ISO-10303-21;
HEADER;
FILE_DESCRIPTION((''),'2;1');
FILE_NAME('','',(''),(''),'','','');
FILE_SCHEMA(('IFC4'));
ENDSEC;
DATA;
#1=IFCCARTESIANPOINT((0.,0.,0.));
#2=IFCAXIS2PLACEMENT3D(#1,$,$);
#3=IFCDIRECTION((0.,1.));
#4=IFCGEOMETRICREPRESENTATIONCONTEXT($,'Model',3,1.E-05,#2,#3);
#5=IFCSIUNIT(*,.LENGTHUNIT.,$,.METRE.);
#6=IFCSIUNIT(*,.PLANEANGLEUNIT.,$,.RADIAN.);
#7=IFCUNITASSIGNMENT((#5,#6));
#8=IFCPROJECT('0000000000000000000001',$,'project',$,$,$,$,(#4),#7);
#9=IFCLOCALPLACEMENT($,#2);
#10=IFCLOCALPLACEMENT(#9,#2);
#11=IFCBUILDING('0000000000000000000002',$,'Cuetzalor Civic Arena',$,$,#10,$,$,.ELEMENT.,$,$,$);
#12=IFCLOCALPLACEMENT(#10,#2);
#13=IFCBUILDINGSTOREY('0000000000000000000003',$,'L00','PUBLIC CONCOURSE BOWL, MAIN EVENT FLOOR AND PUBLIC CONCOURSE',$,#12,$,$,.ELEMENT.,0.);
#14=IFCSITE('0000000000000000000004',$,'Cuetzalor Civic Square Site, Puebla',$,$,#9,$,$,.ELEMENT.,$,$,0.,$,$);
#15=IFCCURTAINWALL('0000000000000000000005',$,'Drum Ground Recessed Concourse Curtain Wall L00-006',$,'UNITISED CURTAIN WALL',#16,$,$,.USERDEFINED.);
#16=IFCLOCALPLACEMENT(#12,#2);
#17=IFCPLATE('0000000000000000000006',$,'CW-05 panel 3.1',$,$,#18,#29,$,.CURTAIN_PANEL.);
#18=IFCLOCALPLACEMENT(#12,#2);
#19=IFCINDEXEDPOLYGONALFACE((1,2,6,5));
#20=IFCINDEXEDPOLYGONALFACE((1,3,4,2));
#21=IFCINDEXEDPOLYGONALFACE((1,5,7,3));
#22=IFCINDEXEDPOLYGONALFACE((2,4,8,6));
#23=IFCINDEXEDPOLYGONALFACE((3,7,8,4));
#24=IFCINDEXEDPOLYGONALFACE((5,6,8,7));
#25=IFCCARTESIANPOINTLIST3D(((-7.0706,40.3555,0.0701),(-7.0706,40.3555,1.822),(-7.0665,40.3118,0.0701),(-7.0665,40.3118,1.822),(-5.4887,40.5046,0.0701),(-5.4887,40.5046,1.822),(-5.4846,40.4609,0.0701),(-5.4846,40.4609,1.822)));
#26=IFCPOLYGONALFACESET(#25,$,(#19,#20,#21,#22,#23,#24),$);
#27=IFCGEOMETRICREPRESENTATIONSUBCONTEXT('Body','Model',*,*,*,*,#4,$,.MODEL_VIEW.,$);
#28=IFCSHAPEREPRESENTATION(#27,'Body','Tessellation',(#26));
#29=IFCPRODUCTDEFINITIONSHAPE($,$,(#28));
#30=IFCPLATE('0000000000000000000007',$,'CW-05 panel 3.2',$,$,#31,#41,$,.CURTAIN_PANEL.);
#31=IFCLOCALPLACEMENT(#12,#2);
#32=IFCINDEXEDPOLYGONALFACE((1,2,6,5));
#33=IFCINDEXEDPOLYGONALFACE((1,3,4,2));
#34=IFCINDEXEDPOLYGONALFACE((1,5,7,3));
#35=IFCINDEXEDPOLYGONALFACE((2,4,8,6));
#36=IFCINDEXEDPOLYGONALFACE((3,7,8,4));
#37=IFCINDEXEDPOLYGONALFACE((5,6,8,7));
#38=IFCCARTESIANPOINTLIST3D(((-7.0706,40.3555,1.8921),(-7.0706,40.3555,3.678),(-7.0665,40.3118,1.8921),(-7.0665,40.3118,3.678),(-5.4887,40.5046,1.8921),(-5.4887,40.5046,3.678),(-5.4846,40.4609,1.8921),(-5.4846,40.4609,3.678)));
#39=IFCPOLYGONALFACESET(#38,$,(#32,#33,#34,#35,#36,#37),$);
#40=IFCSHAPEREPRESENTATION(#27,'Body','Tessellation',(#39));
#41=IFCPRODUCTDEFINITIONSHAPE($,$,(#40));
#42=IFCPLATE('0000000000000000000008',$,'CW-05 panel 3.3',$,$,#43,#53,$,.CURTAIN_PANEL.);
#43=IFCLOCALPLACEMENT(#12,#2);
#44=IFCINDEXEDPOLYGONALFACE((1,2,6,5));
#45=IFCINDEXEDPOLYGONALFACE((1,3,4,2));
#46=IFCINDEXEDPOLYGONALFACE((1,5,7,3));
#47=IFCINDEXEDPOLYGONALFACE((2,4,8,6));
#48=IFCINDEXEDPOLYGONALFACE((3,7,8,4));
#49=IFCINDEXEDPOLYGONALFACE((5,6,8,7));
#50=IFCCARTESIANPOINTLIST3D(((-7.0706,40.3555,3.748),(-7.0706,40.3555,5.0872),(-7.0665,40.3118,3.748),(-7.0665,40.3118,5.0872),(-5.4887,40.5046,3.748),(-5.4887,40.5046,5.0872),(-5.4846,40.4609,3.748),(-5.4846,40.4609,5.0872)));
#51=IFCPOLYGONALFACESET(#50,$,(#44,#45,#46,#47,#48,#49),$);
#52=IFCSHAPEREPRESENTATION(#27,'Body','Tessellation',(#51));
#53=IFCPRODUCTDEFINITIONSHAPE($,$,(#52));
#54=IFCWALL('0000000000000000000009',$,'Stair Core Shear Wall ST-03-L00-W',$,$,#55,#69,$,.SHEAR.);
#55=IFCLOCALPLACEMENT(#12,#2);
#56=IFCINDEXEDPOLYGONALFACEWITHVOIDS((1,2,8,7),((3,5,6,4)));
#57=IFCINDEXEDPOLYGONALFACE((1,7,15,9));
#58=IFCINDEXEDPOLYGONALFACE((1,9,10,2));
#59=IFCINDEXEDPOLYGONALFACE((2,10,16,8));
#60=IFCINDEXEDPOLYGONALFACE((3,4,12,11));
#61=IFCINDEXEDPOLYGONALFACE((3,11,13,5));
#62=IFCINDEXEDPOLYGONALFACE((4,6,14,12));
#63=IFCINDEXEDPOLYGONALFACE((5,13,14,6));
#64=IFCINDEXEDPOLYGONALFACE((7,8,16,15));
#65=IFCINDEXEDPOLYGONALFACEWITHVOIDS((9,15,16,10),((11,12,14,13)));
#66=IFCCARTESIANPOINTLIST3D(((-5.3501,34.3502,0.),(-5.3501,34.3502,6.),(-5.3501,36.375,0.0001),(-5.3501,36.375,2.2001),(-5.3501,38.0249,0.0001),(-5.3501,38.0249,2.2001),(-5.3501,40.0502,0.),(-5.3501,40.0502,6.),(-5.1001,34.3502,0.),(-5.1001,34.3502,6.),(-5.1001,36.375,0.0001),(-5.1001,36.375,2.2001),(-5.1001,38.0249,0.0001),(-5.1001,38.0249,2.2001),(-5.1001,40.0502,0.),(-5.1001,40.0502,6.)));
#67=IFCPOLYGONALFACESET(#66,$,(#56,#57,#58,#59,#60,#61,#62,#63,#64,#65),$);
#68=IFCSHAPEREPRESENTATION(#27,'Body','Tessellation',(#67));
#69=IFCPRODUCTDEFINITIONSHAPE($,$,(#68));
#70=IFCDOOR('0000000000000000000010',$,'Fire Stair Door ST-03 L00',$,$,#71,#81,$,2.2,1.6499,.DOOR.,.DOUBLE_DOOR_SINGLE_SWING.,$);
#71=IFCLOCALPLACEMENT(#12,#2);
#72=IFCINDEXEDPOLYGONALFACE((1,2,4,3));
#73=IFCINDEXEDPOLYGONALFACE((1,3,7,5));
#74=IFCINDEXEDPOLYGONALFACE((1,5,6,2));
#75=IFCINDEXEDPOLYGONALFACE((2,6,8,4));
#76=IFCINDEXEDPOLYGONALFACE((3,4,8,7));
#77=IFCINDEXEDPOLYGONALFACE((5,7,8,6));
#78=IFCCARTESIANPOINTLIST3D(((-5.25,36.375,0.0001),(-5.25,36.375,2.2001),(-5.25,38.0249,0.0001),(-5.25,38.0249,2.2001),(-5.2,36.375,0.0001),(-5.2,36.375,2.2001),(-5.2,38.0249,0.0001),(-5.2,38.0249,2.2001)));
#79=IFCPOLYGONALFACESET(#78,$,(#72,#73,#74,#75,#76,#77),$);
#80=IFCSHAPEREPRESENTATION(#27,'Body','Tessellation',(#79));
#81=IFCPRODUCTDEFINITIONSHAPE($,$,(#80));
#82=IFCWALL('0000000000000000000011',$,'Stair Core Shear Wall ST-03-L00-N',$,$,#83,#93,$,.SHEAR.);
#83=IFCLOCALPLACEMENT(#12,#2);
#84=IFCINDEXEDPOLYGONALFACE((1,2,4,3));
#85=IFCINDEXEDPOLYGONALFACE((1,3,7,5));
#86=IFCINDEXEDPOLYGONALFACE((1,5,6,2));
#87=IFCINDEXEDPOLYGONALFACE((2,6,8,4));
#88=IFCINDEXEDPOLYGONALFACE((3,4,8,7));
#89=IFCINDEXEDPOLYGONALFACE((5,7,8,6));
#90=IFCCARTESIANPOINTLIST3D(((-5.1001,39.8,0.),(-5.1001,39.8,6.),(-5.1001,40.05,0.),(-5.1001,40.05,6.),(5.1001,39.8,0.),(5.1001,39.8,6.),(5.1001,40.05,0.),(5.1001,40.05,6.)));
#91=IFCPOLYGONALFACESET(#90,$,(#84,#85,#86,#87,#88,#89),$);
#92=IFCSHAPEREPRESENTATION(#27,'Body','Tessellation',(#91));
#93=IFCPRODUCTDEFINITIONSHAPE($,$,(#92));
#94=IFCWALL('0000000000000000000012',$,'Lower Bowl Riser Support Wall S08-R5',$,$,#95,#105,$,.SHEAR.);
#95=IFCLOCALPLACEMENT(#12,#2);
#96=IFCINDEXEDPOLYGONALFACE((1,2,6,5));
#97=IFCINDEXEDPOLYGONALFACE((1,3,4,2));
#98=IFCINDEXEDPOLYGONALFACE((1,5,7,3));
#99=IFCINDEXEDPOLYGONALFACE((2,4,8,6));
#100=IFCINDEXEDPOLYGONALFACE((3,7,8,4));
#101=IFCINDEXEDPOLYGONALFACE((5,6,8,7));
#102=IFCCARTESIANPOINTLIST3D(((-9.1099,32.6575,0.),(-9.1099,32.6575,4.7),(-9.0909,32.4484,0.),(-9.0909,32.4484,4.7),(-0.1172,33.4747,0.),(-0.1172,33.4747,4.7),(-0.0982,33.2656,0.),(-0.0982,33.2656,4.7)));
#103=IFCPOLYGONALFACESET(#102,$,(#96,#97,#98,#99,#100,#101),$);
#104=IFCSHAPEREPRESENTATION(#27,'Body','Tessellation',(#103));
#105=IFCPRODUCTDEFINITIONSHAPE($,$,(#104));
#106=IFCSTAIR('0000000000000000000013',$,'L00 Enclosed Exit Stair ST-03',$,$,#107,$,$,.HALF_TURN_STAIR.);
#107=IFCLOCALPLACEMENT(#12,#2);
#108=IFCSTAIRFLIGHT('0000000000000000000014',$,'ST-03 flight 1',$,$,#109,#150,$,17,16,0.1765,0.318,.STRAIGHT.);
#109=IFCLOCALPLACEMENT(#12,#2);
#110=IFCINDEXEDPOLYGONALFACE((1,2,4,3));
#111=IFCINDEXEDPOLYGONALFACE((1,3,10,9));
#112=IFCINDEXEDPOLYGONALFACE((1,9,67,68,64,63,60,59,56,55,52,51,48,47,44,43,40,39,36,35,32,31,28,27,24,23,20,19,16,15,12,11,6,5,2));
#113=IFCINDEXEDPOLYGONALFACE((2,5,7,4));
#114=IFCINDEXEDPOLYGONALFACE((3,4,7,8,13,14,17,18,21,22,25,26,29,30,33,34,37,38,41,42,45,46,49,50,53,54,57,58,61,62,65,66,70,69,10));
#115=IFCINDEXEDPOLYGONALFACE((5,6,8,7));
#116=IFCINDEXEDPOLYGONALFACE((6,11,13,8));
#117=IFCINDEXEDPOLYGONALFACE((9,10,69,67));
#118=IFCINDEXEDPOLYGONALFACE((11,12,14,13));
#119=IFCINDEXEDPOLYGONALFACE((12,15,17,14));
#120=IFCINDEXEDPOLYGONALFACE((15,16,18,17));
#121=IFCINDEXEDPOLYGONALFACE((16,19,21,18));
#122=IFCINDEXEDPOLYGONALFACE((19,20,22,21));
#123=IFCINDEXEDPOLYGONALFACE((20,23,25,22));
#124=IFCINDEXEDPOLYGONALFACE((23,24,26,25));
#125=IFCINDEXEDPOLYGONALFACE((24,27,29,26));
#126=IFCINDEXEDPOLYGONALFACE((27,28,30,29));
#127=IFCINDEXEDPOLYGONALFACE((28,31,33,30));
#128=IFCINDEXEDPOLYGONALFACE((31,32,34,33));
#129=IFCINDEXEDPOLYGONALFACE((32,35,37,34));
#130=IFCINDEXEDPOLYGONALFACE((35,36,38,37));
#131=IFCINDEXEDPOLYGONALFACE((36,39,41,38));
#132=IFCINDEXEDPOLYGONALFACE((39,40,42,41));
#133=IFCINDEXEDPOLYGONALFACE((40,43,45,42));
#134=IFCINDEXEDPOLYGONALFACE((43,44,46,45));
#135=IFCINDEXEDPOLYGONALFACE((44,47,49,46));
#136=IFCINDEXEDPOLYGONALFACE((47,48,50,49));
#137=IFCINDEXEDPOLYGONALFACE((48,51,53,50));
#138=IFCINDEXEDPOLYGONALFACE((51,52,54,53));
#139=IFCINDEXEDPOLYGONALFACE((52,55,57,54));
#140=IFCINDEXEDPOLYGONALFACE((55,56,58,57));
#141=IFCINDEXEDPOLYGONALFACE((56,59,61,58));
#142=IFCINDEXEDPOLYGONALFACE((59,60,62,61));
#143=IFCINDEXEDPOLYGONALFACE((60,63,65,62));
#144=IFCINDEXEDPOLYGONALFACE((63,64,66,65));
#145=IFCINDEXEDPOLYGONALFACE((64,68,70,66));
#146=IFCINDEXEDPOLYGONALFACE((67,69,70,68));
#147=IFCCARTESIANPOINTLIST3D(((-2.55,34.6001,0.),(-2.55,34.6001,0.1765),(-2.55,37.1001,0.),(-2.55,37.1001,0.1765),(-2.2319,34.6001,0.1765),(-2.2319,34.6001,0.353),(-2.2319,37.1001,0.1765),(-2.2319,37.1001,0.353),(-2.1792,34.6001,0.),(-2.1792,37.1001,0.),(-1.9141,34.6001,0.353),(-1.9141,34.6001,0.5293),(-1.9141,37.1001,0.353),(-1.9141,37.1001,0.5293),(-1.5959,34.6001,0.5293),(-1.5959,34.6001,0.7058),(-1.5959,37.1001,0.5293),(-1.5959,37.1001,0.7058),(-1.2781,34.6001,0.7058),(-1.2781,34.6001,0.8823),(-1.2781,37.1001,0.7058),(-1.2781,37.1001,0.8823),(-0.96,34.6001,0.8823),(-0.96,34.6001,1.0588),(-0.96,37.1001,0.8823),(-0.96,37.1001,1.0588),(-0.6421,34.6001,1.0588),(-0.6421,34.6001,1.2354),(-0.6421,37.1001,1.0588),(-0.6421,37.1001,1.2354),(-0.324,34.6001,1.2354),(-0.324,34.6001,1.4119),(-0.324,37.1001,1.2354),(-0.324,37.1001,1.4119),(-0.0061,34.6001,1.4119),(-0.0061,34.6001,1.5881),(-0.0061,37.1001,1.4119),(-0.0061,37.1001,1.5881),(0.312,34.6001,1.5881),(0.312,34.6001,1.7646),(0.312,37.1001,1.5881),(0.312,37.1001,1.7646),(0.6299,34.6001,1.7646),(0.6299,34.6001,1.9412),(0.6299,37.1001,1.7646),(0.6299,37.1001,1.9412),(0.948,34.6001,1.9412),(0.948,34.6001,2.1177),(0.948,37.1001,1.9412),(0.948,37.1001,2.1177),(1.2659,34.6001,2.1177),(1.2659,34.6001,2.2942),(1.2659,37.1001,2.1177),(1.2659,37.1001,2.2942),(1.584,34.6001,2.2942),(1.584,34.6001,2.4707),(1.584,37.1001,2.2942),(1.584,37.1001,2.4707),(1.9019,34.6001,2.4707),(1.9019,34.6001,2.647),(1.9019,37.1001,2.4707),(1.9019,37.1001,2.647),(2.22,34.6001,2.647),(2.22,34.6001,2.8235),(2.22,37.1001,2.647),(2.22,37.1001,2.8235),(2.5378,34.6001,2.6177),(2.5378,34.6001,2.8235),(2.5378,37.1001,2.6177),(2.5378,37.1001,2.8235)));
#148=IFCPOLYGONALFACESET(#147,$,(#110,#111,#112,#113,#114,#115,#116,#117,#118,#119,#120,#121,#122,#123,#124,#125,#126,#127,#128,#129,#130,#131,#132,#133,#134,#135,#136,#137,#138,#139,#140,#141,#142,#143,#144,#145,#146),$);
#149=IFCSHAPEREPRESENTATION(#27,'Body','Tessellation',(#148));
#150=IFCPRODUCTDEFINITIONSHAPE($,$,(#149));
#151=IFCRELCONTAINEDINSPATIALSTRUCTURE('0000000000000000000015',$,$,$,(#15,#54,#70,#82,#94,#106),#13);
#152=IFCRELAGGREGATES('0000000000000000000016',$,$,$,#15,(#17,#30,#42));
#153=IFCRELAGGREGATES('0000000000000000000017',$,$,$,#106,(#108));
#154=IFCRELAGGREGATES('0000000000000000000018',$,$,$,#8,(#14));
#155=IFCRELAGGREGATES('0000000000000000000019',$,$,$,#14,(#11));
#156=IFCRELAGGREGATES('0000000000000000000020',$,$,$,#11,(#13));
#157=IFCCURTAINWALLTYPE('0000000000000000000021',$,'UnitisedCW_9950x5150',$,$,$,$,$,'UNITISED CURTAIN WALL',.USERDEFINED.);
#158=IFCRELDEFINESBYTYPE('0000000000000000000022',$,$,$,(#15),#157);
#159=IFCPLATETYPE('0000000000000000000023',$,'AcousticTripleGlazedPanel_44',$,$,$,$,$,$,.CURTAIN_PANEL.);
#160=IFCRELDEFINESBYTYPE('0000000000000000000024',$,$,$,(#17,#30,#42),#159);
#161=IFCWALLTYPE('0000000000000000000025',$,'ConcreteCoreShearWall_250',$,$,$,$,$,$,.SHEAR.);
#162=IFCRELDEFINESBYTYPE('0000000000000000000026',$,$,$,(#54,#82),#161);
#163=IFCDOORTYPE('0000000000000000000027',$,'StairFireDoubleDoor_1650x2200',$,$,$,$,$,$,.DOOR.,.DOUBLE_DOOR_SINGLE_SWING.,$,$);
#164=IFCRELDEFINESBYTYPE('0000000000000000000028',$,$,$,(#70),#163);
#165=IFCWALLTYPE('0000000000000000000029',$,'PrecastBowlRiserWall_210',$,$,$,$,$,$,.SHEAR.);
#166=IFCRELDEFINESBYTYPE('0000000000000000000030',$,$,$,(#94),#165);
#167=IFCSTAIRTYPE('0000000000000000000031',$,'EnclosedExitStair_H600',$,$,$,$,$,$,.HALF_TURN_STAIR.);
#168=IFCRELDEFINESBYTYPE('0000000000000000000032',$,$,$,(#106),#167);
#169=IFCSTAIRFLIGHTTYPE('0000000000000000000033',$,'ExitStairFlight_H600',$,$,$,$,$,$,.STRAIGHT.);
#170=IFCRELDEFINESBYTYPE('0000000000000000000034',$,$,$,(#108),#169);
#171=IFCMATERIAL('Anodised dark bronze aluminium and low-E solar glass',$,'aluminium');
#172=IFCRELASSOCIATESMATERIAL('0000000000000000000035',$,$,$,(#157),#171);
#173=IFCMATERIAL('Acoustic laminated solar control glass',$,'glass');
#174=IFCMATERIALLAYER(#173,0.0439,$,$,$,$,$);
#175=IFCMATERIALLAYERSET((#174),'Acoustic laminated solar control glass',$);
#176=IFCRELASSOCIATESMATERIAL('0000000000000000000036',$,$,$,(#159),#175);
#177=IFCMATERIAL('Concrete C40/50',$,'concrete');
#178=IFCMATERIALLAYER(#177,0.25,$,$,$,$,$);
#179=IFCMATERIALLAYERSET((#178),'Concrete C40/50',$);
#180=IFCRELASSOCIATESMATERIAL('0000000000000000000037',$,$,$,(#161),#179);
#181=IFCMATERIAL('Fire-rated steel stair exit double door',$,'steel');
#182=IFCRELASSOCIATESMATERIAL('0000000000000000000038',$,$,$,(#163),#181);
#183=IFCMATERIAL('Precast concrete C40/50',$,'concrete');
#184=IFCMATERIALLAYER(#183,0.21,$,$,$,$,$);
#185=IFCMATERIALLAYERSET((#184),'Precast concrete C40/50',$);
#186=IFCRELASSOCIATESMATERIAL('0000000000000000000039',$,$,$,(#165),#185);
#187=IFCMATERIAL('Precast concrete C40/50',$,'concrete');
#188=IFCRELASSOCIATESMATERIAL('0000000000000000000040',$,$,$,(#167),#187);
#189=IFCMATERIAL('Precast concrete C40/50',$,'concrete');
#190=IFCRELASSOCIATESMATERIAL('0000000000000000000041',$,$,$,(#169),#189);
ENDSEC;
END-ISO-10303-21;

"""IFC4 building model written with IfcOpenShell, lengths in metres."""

from ifc_helpers import new_model, si_unit, direction, frame, frame_2d, origin, origin_2d, place, context, subcontext, project, spatial, polyline, rectangle, outline, extrude, material, layer, layer_set, type_object, element, fill, aggregate, save


model = new_model("IFC4")

# Units and contexts
model_context = context("Model", 3, precision=1e-05, world=origin(), true_north=direction((0.0, 1.0)))
body_context = subcontext(model_context, "Body", "Model", "MODEL_VIEW")
ifc_project = project(units=[si_unit("LENGTHUNIT", "METRE"), si_unit("PLANEANGLEUNIT", "RADIAN")], contexts=[model_context])

# Site, building, storey
site_placement = place(None, origin())
site = spatial("IfcSite", under=ifc_project, at=site_placement, Name="Cuetzalor Civic Square Site, Puebla", CompositionType="ELEMENT", RefElevation=0.0)
building_placement = place(site_placement, origin())
building = spatial("IfcBuilding", under=site, at=building_placement, Name="Cuetzalor Civic Arena", CompositionType="ELEMENT")
storey_placement = place(building_placement, origin())
storey = spatial("IfcBuildingStorey", under=building, at=storey_placement, Name="L00", Description="PUBLIC CONCOURSE BOWL, MAIN EVENT FLOOR AND PUBLIC CONCOURSE", CompositionType="ELEMENT", Elevation=0.0)

# Curtain wall
ifc_material_1 = material(Name="Anodised dark bronze aluminium and low-E solar glass", Category="aluminium")
curtain_wall_type = type_object("IfcCurtainWallType", Name="UnitisedCW_9950x5150", ElementType="UNITISED CURTAIN WALL", PredefinedType="USERDEFINED", material=ifc_material_1)
curtain_wall_placement = place(storey_placement, origin())
curtain_wall = element("IfcCurtainWall", 1, at=curtain_wall_placement, inside=storey, type_object=curtain_wall_type, Name="Drum Ground Recessed Concourse Curtain Wall L00-006", ObjectType="UNITISED CURTAIN WALL", PredefinedType="USERDEFINED")

# Plates
ifc_material_2 = material(Name="Acoustic laminated solar control glass", Category="glass")
ifc_layer_1 = layer(ifc_material_2, 0.0439)
ifc_layer_set_1 = layer_set([ifc_layer_1], Name="Acoustic laminated solar control glass")
plate_type = type_object("IfcPlateType", Name="AcousticTripleGlazedPanel_44", PredefinedType="CURTAIN_PANEL", material=ifc_layer_set_1)
plate_1_placement = place(storey_placement, frame((-6.2776, 40.4082, 0.0701), z_axis=(0.0, 0.0, 1.0), x_axis=(0.995585, 0.093863, 0.0)))
plate_1 = element("IfcPlate", 2, at=plate_1_placement, type_object=plate_type, Name="CW-05 panel 3.1", PredefinedType="CURTAIN_PANEL", context=body_context, shape_type="SweptSolid", body=[
    extrude(rectangle(XDim=1.5889, YDim=0.0439, at=origin_2d()), origin(), (0.0, 0.0, 1.0), 1.752),
])
plate_2_placement = place(storey_placement, frame((-6.2776, 40.4082, 1.8921), z_axis=(0.0, 0.0, 1.0), x_axis=(0.995585, 0.093863, 0.0)))
plate_2 = element("IfcPlate", 3, at=plate_2_placement, type_object=plate_type, Name="CW-05 panel 3.2", PredefinedType="CURTAIN_PANEL", context=body_context, shape_type="SweptSolid", body=[
    extrude(rectangle(XDim=1.5889, YDim=0.0439, at=origin_2d()), origin(), (0.0, 0.0, 1.0), 1.7859),
])
plate_3_placement = place(storey_placement, frame((-6.2776, 40.4082, 3.748), z_axis=(0.0, 0.0, 1.0), x_axis=(0.995585, 0.093863, 0.0)))
plate_3 = element("IfcPlate", 4, at=plate_3_placement, type_object=plate_type, Name="CW-05 panel 3.3", PredefinedType="CURTAIN_PANEL", context=body_context, shape_type="SweptSolid", body=[
    extrude(rectangle(XDim=1.5889, YDim=0.0439, at=origin_2d()), origin(), (0.0, 0.0, 1.0), 1.3391),
])
aggregate(curtain_wall, [plate_1, plate_2, plate_3])

# Wall, opening, door
ifc_material_3 = material(Name="Concrete C40/50", Category="concrete")
ifc_layer_2 = layer(ifc_material_3, 0.25)
ifc_layer_set_2 = layer_set([ifc_layer_2], Name="Concrete C40/50")
wall_type_1 = type_object("IfcWallType", Name="ConcreteCoreShearWall_250", PredefinedType="SHEAR", material=ifc_layer_set_2)
wall_1_placement = place(storey_placement, frame((-5.2251, 34.3501, 0.0), z_axis=(0.0, 0.0, 1.0), x_axis=(0.0, 1.0, 0.0)))
wall_1 = element("IfcWall", 5, at=wall_1_placement, inside=storey, type_object=wall_type_1, Name="Stair Core Shear Wall ST-03-L00-W", PredefinedType="SHEAR", context=body_context, shape_type="SweptSolid", body=[
    extrude(rectangle(XDim=5.7, YDim=0.25, at=frame_2d((2.8501, 0.0))), origin(), (0.0, 0.0, 1.0), 6.0),
])
opening_placement = place(wall_1_placement, frame((2.0249, 0.0, 0.0)))
opening = element("IfcOpeningElement", 6, at=opening_placement, cuts=wall_1, PredefinedType="OPENING", context=body_context, shape_type="SweptSolid", body=[
    extrude(rectangle(XDim=1.6499, YDim=2.2, at=frame_2d((0.825, 1.1001))), frame((0.0, 0.135, 0.0), z_axis=(0.0, -1.0, 0.0), x_axis=(1.0, 0.0, 0.0)), (0.0, 0.0, 1.0), 0.27),
])
ifc_material_4 = material(Name="Fire-rated steel stair exit double door", Category="steel")
door_type = type_object("IfcDoorType", Name="StairFireDoubleDoor_1650x2200", OperationType="DOUBLE_DOOR_SINGLE_SWING", PredefinedType="DOOR", material=ifc_material_4)
door_placement = place(opening_placement, origin())
door = element("IfcDoor", 7, at=door_placement, inside=storey, type_object=door_type, Name="Fire Stair Door ST-03 L00", OperationType="DOUBLE_DOOR_SINGLE_SWING", OverallHeight=2.2, OverallWidth=1.6499, PredefinedType="DOOR", context=body_context, shape_type="SweptSolid", body=[
    extrude(rectangle(XDim=1.6499, YDim=2.2, at=frame_2d((0.825, 1.1001))), frame((0.0, 0.0249, 0.0), z_axis=(0.0, -1.0, 0.0), x_axis=(1.0, 0.0, 0.0)), (0.0, 0.0, 1.0), 0.05),
])
fill(opening, door)

# Walls
wall_2_placement = place(storey_placement, frame((-5.1001, 39.925, 0.0), z_axis=(0.0, 0.0, 1.0), x_axis=(1.0, 0.0, 0.0)))
element("IfcWall", 8, at=wall_2_placement, inside=storey, type_object=wall_type_1, Name="Stair Core Shear Wall ST-03-L00-N", PredefinedType="SHEAR", context=body_context, shape_type="SweptSolid", body=[
    extrude(rectangle(XDim=10.2002, YDim=0.25, at=frame_2d((5.1001, 0.0))), origin(), (0.0, 0.0, 1.0), 6.0),
])
ifc_material_5 = material(Name="Precast concrete C40/50", Category="concrete")
ifc_layer_3 = layer(ifc_material_5, 0.21)
ifc_layer_set_3 = layer_set([ifc_layer_3], Name="Precast concrete C40/50")
wall_type_2 = type_object("IfcWallType", Name="PrecastBowlRiserWall_210", PredefinedType="SHEAR", material=ifc_layer_set_3)
wall_3_placement = place(storey_placement, frame((-0.1077, 33.3701, 0.0), z_axis=(0.0, 0.0, 1.0), x_axis=(-0.995897, -0.090494, 0.0)))
element("IfcWall", 9, at=wall_3_placement, inside=storey, type_object=wall_type_2, Name="Lower Bowl Riser Support Wall S08-R5", PredefinedType="SHEAR", context=body_context, shape_type="SweptSolid", body=[
    extrude(rectangle(XDim=9.0298, YDim=0.21, at=frame_2d((4.5149, 0.0))), origin(), (0.0, 0.0, 1.0), 4.7),
])

# Stair, stair flight
ifc_material_6 = material(Name="Precast concrete C40/50", Category="concrete")
stair_type = type_object("IfcStairType", Name="EnclosedExitStair_H600", PredefinedType="HALF_TURN_STAIR", material=ifc_material_6)
stair_placement = place(storey_placement, origin())
stair = element("IfcStair", 10, at=stair_placement, inside=storey, type_object=stair_type, Name="L00 Enclosed Exit Stair ST-03", PredefinedType="HALF_TURN_STAIR")
ifc_material_7 = material(Name="Precast concrete C40/50", Category="concrete")
stair_flight_type = type_object("IfcStairFlightType", Name="ExitStairFlight_H600", PredefinedType="STRAIGHT", material=ifc_material_7)
stair_flight_placement = place(storey_placement, frame((-2.55, 35.8501, 0.0), z_axis=(0.0, 0.0, 1.0), x_axis=(1.0, 0.0, 0.0)))
stair_flight = element("IfcStairFlight", 11, at=stair_flight_placement, type_object=stair_flight_type, Name="ST-03 flight 1", NumberOfRisers=17, NumberOfTreads=16, PredefinedType="STRAIGHT", RiserHeight=0.1765, TreadLength=0.318, context=body_context, shape_type="SweptSolid", body=[
    extrude(outline(polyline([(0.0, 0.0), (0.0, 0.1765), (0.3181, 0.1765), (0.3181, 0.353), (0.636, 0.353), (0.636, 0.5293), (0.9541, 0.5293), (0.9541, 0.7058), (1.272, 0.7058), (1.272, 0.8823), (1.5901, 0.8823), (1.5901, 1.0588), (1.908, 1.0588), (1.908, 1.2354), (2.2261, 1.2354), (2.2261, 1.4119), (2.5439, 1.4119), (2.5439, 1.5881), (2.8621, 1.5881), (2.8621, 1.7646), (3.1799, 1.7646), (3.1799, 1.9412), (3.498, 1.9412), (3.498, 2.1177), (3.8159, 2.1177), (3.8159, 2.2942), (4.134, 2.2942), (4.134, 2.4707), (4.4519, 2.4707), (4.4519, 2.647), (4.77, 2.647), (4.77, 2.8235), (5.0879, 2.8235), (5.0879, 3.0), (5.0879, 2.6177), (0.3708, 0.0), (0.0, 0.0)])), frame((0.0, 1.25, 0.0), z_axis=(0.0, -1.0, 0.0), x_axis=(1.0, 0.0, 0.0)), (0.0, 0.0, 1.0), 2.5),
])
aggregate(stair, [stair_flight])

save(model, "model.ifc")
